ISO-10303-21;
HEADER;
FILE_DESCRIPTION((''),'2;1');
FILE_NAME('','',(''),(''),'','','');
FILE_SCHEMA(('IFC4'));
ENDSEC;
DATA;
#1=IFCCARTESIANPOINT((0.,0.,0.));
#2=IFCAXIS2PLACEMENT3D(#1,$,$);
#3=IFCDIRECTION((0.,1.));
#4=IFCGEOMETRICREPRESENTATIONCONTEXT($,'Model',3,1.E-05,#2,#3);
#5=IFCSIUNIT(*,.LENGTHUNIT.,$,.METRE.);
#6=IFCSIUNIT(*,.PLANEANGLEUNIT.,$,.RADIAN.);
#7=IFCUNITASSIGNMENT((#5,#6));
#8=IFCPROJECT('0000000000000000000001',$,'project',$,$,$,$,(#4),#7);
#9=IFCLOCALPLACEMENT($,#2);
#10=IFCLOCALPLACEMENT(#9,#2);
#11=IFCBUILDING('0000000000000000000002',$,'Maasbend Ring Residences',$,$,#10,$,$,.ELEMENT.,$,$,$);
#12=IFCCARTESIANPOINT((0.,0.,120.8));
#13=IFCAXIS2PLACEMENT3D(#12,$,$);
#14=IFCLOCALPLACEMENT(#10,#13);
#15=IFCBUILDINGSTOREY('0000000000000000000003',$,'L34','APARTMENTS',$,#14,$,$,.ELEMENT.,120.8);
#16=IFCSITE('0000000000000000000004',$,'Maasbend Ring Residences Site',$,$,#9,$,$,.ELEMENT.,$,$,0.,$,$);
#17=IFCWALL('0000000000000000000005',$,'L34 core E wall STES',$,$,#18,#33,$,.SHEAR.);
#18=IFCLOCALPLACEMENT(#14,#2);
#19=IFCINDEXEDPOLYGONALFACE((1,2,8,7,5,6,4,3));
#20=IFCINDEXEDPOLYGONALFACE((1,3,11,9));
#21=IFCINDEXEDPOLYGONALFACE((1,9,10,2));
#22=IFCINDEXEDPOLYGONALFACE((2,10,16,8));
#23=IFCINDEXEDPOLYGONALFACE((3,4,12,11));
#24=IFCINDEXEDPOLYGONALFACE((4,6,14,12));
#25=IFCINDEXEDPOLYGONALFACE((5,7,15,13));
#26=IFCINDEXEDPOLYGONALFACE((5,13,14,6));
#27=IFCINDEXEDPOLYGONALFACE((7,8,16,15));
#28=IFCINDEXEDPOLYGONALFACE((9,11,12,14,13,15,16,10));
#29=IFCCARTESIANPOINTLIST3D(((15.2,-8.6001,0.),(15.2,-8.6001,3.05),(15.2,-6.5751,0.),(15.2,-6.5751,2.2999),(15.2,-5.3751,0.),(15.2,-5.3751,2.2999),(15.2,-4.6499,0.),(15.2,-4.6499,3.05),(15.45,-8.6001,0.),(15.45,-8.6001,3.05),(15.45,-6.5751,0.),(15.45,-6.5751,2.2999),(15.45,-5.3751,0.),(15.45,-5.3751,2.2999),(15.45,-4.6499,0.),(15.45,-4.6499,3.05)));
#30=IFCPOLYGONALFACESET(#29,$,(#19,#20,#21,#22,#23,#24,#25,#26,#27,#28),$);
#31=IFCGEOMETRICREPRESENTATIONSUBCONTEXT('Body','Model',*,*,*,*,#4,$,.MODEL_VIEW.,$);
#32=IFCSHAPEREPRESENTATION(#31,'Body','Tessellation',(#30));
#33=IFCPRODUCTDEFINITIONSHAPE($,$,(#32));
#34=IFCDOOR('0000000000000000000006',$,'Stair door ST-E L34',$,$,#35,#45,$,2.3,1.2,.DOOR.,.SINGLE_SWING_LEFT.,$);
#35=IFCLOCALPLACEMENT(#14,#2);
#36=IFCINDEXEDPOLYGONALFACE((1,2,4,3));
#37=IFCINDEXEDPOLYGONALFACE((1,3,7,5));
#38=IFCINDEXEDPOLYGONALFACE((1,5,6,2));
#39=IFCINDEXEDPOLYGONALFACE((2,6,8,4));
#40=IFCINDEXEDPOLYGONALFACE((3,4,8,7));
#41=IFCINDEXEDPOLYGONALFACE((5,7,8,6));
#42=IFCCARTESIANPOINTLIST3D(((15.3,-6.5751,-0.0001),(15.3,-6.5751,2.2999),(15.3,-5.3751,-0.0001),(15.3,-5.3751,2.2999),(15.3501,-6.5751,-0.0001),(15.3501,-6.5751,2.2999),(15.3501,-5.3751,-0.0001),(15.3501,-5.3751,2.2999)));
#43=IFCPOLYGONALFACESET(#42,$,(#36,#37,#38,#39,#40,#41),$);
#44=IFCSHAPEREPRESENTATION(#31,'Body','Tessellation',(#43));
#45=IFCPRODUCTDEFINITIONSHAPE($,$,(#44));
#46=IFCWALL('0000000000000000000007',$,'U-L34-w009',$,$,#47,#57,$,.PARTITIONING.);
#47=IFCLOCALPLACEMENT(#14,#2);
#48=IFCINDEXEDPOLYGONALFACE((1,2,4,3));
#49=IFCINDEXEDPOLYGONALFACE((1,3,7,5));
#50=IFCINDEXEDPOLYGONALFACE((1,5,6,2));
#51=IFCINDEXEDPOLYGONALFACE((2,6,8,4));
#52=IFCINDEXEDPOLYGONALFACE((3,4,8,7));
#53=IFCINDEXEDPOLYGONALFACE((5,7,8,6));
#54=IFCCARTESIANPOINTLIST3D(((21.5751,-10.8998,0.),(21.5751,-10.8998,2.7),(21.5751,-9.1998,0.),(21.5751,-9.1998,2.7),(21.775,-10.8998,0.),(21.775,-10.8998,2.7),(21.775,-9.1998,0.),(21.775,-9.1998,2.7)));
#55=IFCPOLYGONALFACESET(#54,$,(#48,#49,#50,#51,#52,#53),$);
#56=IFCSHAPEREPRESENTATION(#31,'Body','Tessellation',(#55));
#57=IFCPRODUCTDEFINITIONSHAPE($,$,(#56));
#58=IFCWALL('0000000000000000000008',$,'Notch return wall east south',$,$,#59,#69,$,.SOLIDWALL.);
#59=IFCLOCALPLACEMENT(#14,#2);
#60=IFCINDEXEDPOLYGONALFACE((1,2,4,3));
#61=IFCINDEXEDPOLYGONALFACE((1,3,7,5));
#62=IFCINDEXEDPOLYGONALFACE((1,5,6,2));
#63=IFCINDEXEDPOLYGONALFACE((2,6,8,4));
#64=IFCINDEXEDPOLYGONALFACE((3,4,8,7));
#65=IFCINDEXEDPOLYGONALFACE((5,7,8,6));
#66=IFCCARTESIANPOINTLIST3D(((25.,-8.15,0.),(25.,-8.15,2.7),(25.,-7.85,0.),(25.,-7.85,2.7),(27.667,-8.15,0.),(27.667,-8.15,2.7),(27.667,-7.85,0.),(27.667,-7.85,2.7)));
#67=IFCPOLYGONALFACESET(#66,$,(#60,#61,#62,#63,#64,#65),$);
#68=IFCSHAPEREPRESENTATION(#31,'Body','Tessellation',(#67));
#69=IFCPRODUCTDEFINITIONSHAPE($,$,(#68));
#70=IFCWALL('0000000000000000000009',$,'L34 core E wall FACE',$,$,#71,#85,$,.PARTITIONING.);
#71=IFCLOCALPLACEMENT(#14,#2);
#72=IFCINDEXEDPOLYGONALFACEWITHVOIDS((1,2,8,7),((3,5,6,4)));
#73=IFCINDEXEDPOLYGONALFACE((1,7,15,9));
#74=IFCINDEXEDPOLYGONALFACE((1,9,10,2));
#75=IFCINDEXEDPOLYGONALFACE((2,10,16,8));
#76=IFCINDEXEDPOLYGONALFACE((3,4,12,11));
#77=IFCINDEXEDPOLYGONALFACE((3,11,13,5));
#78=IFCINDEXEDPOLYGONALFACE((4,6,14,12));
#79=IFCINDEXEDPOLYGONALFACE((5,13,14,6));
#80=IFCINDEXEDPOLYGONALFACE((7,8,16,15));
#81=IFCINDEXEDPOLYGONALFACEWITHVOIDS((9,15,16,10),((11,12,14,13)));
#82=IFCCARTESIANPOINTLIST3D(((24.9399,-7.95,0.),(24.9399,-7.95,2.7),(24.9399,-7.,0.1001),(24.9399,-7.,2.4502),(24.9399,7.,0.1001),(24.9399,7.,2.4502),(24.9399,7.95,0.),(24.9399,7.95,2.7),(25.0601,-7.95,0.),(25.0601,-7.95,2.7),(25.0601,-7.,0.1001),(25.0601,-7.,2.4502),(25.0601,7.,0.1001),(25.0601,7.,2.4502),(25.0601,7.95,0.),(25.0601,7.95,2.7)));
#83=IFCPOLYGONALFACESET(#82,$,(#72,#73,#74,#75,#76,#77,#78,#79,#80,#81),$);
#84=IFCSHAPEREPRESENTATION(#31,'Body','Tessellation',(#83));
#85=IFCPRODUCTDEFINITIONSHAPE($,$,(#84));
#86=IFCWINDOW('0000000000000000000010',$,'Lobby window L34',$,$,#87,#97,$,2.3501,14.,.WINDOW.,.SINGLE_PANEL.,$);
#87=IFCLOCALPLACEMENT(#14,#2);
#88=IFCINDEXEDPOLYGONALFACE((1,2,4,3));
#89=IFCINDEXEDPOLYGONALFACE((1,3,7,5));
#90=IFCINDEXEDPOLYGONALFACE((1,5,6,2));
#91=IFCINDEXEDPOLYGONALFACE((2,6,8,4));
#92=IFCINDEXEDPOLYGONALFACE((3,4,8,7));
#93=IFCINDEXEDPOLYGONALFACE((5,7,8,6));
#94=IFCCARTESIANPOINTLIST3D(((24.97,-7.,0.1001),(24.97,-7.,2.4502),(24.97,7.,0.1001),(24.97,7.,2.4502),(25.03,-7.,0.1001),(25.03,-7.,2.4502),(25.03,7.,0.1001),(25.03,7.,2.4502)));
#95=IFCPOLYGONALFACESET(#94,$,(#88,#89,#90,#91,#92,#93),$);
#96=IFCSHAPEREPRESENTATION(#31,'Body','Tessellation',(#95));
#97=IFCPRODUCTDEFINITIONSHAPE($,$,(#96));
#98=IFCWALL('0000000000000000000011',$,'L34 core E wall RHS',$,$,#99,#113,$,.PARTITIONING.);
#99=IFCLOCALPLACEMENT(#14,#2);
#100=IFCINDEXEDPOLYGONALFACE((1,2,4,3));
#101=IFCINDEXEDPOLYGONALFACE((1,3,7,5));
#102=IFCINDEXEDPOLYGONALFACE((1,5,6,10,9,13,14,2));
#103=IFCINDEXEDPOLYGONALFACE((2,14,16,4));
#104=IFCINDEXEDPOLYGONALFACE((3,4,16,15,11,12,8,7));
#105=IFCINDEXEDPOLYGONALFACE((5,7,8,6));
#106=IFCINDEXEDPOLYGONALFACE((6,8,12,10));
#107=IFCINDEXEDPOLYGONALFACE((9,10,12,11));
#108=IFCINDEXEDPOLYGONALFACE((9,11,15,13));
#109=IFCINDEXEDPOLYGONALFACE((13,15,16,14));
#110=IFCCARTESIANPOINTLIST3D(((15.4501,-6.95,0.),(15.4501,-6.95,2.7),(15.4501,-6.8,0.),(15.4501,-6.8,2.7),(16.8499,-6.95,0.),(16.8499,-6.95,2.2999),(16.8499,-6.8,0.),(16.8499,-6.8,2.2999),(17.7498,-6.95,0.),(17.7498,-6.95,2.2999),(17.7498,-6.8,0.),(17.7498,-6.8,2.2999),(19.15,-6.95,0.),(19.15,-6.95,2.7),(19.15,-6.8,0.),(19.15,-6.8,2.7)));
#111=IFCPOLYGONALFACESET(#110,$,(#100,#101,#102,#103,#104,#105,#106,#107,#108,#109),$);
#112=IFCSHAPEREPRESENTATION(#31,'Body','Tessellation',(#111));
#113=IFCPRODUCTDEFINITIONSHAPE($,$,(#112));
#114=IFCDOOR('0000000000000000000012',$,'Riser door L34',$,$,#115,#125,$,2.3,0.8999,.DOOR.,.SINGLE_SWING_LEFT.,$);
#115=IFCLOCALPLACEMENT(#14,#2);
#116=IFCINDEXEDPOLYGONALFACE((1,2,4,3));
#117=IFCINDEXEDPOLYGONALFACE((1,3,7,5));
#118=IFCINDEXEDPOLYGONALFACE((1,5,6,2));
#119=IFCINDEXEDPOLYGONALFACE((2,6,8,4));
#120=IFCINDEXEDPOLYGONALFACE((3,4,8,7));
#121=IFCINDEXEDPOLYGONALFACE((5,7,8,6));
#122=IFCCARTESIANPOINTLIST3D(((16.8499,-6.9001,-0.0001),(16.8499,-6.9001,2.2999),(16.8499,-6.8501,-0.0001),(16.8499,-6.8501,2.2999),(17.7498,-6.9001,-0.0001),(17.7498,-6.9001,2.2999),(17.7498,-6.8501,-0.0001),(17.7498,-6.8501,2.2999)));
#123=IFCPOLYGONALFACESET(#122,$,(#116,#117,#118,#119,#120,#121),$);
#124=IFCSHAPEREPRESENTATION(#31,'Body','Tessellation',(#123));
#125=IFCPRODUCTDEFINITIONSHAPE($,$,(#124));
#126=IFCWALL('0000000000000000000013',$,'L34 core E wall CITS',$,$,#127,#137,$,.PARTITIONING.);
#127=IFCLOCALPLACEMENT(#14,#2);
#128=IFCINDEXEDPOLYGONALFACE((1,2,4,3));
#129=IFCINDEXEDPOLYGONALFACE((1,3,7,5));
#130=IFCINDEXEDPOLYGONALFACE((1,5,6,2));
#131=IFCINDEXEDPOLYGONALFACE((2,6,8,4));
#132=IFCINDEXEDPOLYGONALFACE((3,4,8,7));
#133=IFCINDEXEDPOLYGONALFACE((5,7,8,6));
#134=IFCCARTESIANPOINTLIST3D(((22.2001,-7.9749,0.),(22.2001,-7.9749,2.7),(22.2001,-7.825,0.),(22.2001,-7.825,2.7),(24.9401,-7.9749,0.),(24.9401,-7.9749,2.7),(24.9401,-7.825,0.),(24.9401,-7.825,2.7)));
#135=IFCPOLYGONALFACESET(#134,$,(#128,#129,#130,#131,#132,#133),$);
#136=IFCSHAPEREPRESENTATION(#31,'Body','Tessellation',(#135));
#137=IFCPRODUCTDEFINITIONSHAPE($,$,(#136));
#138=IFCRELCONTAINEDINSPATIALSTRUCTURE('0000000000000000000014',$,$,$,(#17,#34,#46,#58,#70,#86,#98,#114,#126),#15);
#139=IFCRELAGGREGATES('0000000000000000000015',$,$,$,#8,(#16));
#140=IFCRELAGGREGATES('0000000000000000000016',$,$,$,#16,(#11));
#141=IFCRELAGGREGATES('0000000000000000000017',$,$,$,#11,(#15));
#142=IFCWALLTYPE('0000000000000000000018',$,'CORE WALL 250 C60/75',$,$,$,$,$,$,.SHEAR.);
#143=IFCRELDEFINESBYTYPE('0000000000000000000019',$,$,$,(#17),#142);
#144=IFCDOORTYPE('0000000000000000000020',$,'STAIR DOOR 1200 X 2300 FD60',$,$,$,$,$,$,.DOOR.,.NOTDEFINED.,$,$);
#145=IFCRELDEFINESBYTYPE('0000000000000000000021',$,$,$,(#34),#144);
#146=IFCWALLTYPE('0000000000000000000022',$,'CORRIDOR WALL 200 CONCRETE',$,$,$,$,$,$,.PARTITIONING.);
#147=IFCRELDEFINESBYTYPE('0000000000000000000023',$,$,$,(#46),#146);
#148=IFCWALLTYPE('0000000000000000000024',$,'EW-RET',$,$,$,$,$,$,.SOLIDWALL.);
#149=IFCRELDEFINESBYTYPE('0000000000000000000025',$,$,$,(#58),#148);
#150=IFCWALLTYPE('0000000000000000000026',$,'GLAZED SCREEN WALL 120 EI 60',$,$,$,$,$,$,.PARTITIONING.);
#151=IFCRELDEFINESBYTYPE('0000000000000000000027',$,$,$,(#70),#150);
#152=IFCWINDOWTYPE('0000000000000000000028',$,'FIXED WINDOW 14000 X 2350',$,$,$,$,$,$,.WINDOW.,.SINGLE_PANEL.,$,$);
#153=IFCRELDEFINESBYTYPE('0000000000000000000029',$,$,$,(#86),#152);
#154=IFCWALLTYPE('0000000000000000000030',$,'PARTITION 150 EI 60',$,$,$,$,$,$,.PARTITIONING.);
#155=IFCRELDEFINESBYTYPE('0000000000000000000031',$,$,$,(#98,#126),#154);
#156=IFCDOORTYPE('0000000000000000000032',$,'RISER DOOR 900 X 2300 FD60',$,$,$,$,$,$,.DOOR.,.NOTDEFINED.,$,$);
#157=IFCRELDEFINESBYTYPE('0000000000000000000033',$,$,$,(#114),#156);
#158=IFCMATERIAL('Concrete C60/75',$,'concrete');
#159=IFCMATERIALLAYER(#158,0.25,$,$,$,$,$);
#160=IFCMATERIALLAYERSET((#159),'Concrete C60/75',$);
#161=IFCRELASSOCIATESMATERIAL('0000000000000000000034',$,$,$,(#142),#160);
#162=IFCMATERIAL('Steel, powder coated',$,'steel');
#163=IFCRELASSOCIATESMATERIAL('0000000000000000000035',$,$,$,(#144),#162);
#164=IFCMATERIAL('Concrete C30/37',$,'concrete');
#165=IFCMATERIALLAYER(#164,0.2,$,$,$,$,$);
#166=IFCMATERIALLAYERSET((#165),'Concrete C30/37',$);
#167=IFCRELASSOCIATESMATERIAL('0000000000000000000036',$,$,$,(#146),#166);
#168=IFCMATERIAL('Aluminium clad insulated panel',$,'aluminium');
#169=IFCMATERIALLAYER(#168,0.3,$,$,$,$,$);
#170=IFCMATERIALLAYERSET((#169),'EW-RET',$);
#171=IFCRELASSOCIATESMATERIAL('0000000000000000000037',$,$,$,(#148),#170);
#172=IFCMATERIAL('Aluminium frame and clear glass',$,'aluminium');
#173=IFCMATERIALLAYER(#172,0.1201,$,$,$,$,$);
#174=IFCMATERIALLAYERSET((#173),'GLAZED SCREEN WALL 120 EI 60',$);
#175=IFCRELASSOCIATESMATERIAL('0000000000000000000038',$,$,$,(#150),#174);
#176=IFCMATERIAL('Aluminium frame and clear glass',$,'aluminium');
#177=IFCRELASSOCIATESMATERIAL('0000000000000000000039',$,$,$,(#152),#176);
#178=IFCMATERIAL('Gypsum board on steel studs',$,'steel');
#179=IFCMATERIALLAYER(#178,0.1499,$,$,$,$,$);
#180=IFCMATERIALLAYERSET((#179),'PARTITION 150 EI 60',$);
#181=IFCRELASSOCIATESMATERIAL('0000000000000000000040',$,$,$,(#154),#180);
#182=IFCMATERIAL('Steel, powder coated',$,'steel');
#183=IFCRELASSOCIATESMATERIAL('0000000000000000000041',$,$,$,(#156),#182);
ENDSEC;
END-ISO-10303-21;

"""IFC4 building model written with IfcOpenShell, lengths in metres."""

from ifc_helpers import new_model, si_unit, direction, frame, frame_2d, origin, place, context, subcontext, project, spatial, rectangle, extrude, material, layer, layer_set, type_object, element, fill, save


model = new_model("IFC4")

# Units and contexts
model_context = context("Model", 3, precision=1e-05, world=origin(), true_north=direction((0.0, 1.0)))
body_context = subcontext(model_context, "Body", "Model", "MODEL_VIEW")
ifc_project = project(units=[si_unit("LENGTHUNIT", "METRE"), si_unit("PLANEANGLEUNIT", "RADIAN")], contexts=[model_context])

# Site, building, storey
site_placement = place(None, origin())
site = spatial("IfcSite", under=ifc_project, at=site_placement, Name="Maasbend Ring Residences Site", CompositionType="ELEMENT", RefElevation=0.0)
building_placement = place(site_placement, origin())
building = spatial("IfcBuilding", under=site, at=building_placement, Name="Maasbend Ring Residences", CompositionType="ELEMENT")
storey_placement = place(building_placement, frame((0.0, 0.0, 120.8)))
storey = spatial("IfcBuildingStorey", under=building, at=storey_placement, Name="L34", Description="APARTMENTS", CompositionType="ELEMENT", Elevation=120.8)

# Shared definitions
ifc_material_1 = material(Name="Concrete C60/75", Category="concrete")
ifc_layer_1 = layer(ifc_material_1, 0.25)
ifc_layer_set_1 = layer_set([ifc_layer_1], Name="Concrete C60/75")
wall_type_1 = type_object("IfcWallType", Name="CORE WALL 250 C60/75", PredefinedType="SHEAR", material=ifc_layer_set_1)

# Wall, opening, door
wall_1_placement = place(storey_placement, frame((15.325, -8.6001, 0.0), z_axis=(0.0, 0.0, 1.0), x_axis=(0.0, 1.0, 0.0)))
wall_1 = element("IfcWall", 1, at=wall_1_placement, inside=storey, type_object=wall_type_1, Name="L34 core E wall STES", PredefinedType="SHEAR", context=body_context, shape_type="SweptSolid", body=[
    extrude(rectangle(XDim=3.9502, YDim=0.25, at=frame_2d((1.9751, 0.0))), origin(), (0.0, 0.0, 1.0), 3.05),
])
opening_1_placement = place(wall_1_placement, frame((2.0249, 0.0, 0.0)))
opening_1 = element("IfcOpeningElement", 2, at=opening_1_placement, cuts=wall_1, PredefinedType="OPENING", context=body_context, shape_type="SweptSolid", body=[
    extrude(rectangle(XDim=1.2, YDim=2.3, at=frame_2d((0.6001, 1.1499))), frame((0.0, 0.135, 0.0), z_axis=(0.0, -1.0, 0.0), x_axis=(1.0, 0.0, 0.0)), (0.0, 0.0, 1.0), 0.27),
])
ifc_material_2 = material(Name="Steel, powder coated", Category="steel")
door_type_1 = type_object("IfcDoorType", Name="STAIR DOOR 1200 X 2300 FD60", OperationType="NOTDEFINED", PredefinedType="DOOR", material=ifc_material_2)
door_1_placement = place(opening_1_placement, origin())
door_1 = element("IfcDoor", 3, at=door_1_placement, inside=storey, type_object=door_type_1, Name="Stair door ST-E L34", OperationType="SINGLE_SWING_LEFT", OverallHeight=2.3, OverallWidth=1.2, PredefinedType="DOOR", context=body_context, shape_type="SweptSolid", body=[
    extrude(rectangle(XDim=1.2, YDim=2.3, at=frame_2d((0.6001, 1.1499))), frame((0.0, 0.0249, 0.0), z_axis=(0.0, -1.0, 0.0), x_axis=(1.0, 0.0, 0.0)), (0.0, 0.0, 1.0), 0.05),
])
fill(opening_1, door_1)

# Walls
ifc_material_3 = material(Name="Concrete C30/37", Category="concrete")
ifc_layer_2 = layer(ifc_material_3, 0.2)
ifc_layer_set_2 = layer_set([ifc_layer_2], Name="Concrete C30/37")
wall_type_2 = type_object("IfcWallType", Name="CORRIDOR WALL 200 CONCRETE", PredefinedType="PARTITIONING", material=ifc_layer_set_2)
wall_2_placement = place(storey_placement, frame((21.675, -10.8999, 0.0), z_axis=(0.0, 0.0, 1.0), x_axis=(0.0, 1.0, 0.0)))
element("IfcWall", 4, at=wall_2_placement, inside=storey, type_object=wall_type_2, Name="U-L34-w009", PredefinedType="PARTITIONING", context=body_context, shape_type="SweptSolid", body=[
    extrude(rectangle(XDim=1.7, YDim=0.2, at=frame_2d((0.8501, 0.0))), origin(), (0.0, 0.0, 1.0), 2.7),
])
ifc_material_4 = material(Name="Aluminium clad insulated panel", Category="aluminium")
ifc_layer_3 = layer(ifc_material_4, 0.3)
ifc_layer_set_3 = layer_set([ifc_layer_3], Name="EW-RET")
wall_type_3 = type_object("IfcWallType", Name="EW-RET", PredefinedType="SOLIDWALL", material=ifc_layer_set_3)
wall_3_placement = place(storey_placement, frame((25.0, -8.0, 0.0), z_axis=(0.0, 0.0, 1.0), x_axis=(1.0, 0.0, 0.0)))
element("IfcWall", 5, at=wall_3_placement, inside=storey, type_object=wall_type_3, Name="Notch return wall east south", PredefinedType="SOLIDWALL", context=body_context, shape_type="SweptSolid", body=[
    extrude(rectangle(XDim=2.667, YDim=0.3, at=frame_2d((1.3335, 0.0))), origin(), (0.0, 0.0, 1.0), 2.7),
])

# Wall, opening, window
ifc_material_5 = material(Name="Aluminium frame and clear glass", Category="aluminium")
ifc_layer_4 = layer(ifc_material_5, 0.1201)
ifc_layer_set_4 = layer_set([ifc_layer_4], Name="GLAZED SCREEN WALL 120 EI 60")
wall_type_4 = type_object("IfcWallType", Name="GLAZED SCREEN WALL 120 EI 60", PredefinedType="PARTITIONING", material=ifc_layer_set_4)
wall_4_placement = place(storey_placement, frame((25.0, -7.95, 0.0), z_axis=(0.0, 0.0, 1.0), x_axis=(0.0, 1.0, 0.0)))
wall_4 = element("IfcWall", 6, at=wall_4_placement, inside=storey, type_object=wall_type_4, Name="L34 core E wall FACE", PredefinedType="PARTITIONING", context=body_context, shape_type="SweptSolid", body=[
    extrude(rectangle(XDim=15.8999, YDim=0.1201, at=frame_2d((7.95, 0.0))), origin(), (0.0, 0.0, 1.0), 2.7),
])
opening_2_placement = place(wall_4_placement, frame((0.95, 0.0, 0.1001)))
opening_2 = element("IfcOpeningElement", 7, at=opening_2_placement, cuts=wall_4, PredefinedType="OPENING", context=body_context, shape_type="SweptSolid", body=[
    extrude(rectangle(XDim=14.0, YDim=2.3501, at=frame_2d((7.0, 1.175))), frame((0.0, 0.0701, 0.0), z_axis=(0.0, -1.0, 0.0), x_axis=(1.0, 0.0, 0.0)), (0.0, 0.0, 1.0), 0.1401),
])
ifc_material_6 = material(Name="Aluminium frame and clear glass", Category="aluminium")
window_type = type_object("IfcWindowType", Name="FIXED WINDOW 14000 X 2350", PartitioningType="SINGLE_PANEL", PredefinedType="WINDOW", material=ifc_material_6)
window_placement = place(opening_2_placement, origin())
window = element("IfcWindow", 8, at=window_placement, inside=storey, type_object=window_type, Name="Lobby window L34", OverallHeight=2.3501, OverallWidth=14.0, PartitioningType="SINGLE_PANEL", PredefinedType="WINDOW", context=body_context, shape_type="SweptSolid", body=[
    extrude(rectangle(XDim=14.0, YDim=2.3501, at=frame_2d((7.0, 1.175))), frame((0.0, 0.03, 0.0), z_axis=(0.0, -1.0, 0.0), x_axis=(1.0, 0.0, 0.0)), (0.0, 0.0, 1.0), 0.0601),
])
fill(opening_2, window)

# Wall, opening, door
ifc_material_7 = material(Name="Gypsum board on steel studs", Category="steel")
ifc_layer_5 = layer(ifc_material_7, 0.1499)
ifc_layer_set_5 = layer_set([ifc_layer_5], Name="PARTITION 150 EI 60")
wall_type_5 = type_object("IfcWallType", Name="PARTITION 150 EI 60", PredefinedType="PARTITIONING", material=ifc_layer_set_5)
wall_5_placement = place(storey_placement, frame((15.45, -6.875, 0.0), z_axis=(0.0, 0.0, 1.0), x_axis=(1.0, 0.0, 0.0)))
wall_5 = element("IfcWall", 9, at=wall_5_placement, inside=storey, type_object=wall_type_5, Name="L34 core E wall RHS", PredefinedType="PARTITIONING", context=body_context, shape_type="SweptSolid", body=[
    extrude(rectangle(XDim=3.7, YDim=0.1499, at=frame_2d((1.8501, 0.0))), origin(), (0.0, 0.0, 1.0), 2.7),
])
opening_3_placement = place(wall_5_placement, frame((1.3999, 0.0, 0.0)))
opening_3 = element("IfcOpeningElement", 10, at=opening_3_placement, cuts=wall_5, PredefinedType="OPENING", context=body_context, shape_type="SweptSolid", body=[
    extrude(rectangle(XDim=0.8999, YDim=2.3, at=frame_2d((0.45, 1.1499))), frame((0.0, 0.085, 0.0), z_axis=(0.0, -1.0, 0.0), x_axis=(1.0, 0.0, 0.0)), (0.0, 0.0, 1.0), 0.1699),
])
ifc_material_8 = material(Name="Steel, powder coated", Category="steel")
door_type_2 = type_object("IfcDoorType", Name="RISER DOOR 900 X 2300 FD60", OperationType="NOTDEFINED", PredefinedType="DOOR", material=ifc_material_8)
door_2_placement = place(opening_3_placement, origin())
door_2 = element("IfcDoor", 11, at=door_2_placement, inside=storey, type_object=door_type_2, Name="Riser door L34", OperationType="SINGLE_SWING_LEFT", OverallHeight=2.3, OverallWidth=0.8999, PredefinedType="DOOR", context=body_context, shape_type="SweptSolid", body=[
    extrude(rectangle(XDim=0.8999, YDim=2.3, at=frame_2d((0.45, 1.1499))), frame((0.0, 0.0249, 0.0), z_axis=(0.0, -1.0, 0.0), x_axis=(1.0, 0.0, 0.0)), (0.0, 0.0, 1.0), 0.05),
])
fill(opening_3, door_2)

# Wall
wall_6_placement = place(storey_placement, frame((22.2, -7.8999, 0.0), z_axis=(0.0, 0.0, 1.0), x_axis=(1.0, 0.0, 0.0)))
element("IfcWall", 12, at=wall_6_placement, inside=storey, type_object=wall_type_5, Name="L34 core E wall CITS", PredefinedType="PARTITIONING", context=body_context, shape_type="SweptSolid", body=[
    extrude(rectangle(XDim=2.74, YDim=0.1499, at=frame_2d((1.3701, 0.0))), origin(), (0.0, 0.0, 1.0), 2.7),
])

save(model, "model.ifc")
